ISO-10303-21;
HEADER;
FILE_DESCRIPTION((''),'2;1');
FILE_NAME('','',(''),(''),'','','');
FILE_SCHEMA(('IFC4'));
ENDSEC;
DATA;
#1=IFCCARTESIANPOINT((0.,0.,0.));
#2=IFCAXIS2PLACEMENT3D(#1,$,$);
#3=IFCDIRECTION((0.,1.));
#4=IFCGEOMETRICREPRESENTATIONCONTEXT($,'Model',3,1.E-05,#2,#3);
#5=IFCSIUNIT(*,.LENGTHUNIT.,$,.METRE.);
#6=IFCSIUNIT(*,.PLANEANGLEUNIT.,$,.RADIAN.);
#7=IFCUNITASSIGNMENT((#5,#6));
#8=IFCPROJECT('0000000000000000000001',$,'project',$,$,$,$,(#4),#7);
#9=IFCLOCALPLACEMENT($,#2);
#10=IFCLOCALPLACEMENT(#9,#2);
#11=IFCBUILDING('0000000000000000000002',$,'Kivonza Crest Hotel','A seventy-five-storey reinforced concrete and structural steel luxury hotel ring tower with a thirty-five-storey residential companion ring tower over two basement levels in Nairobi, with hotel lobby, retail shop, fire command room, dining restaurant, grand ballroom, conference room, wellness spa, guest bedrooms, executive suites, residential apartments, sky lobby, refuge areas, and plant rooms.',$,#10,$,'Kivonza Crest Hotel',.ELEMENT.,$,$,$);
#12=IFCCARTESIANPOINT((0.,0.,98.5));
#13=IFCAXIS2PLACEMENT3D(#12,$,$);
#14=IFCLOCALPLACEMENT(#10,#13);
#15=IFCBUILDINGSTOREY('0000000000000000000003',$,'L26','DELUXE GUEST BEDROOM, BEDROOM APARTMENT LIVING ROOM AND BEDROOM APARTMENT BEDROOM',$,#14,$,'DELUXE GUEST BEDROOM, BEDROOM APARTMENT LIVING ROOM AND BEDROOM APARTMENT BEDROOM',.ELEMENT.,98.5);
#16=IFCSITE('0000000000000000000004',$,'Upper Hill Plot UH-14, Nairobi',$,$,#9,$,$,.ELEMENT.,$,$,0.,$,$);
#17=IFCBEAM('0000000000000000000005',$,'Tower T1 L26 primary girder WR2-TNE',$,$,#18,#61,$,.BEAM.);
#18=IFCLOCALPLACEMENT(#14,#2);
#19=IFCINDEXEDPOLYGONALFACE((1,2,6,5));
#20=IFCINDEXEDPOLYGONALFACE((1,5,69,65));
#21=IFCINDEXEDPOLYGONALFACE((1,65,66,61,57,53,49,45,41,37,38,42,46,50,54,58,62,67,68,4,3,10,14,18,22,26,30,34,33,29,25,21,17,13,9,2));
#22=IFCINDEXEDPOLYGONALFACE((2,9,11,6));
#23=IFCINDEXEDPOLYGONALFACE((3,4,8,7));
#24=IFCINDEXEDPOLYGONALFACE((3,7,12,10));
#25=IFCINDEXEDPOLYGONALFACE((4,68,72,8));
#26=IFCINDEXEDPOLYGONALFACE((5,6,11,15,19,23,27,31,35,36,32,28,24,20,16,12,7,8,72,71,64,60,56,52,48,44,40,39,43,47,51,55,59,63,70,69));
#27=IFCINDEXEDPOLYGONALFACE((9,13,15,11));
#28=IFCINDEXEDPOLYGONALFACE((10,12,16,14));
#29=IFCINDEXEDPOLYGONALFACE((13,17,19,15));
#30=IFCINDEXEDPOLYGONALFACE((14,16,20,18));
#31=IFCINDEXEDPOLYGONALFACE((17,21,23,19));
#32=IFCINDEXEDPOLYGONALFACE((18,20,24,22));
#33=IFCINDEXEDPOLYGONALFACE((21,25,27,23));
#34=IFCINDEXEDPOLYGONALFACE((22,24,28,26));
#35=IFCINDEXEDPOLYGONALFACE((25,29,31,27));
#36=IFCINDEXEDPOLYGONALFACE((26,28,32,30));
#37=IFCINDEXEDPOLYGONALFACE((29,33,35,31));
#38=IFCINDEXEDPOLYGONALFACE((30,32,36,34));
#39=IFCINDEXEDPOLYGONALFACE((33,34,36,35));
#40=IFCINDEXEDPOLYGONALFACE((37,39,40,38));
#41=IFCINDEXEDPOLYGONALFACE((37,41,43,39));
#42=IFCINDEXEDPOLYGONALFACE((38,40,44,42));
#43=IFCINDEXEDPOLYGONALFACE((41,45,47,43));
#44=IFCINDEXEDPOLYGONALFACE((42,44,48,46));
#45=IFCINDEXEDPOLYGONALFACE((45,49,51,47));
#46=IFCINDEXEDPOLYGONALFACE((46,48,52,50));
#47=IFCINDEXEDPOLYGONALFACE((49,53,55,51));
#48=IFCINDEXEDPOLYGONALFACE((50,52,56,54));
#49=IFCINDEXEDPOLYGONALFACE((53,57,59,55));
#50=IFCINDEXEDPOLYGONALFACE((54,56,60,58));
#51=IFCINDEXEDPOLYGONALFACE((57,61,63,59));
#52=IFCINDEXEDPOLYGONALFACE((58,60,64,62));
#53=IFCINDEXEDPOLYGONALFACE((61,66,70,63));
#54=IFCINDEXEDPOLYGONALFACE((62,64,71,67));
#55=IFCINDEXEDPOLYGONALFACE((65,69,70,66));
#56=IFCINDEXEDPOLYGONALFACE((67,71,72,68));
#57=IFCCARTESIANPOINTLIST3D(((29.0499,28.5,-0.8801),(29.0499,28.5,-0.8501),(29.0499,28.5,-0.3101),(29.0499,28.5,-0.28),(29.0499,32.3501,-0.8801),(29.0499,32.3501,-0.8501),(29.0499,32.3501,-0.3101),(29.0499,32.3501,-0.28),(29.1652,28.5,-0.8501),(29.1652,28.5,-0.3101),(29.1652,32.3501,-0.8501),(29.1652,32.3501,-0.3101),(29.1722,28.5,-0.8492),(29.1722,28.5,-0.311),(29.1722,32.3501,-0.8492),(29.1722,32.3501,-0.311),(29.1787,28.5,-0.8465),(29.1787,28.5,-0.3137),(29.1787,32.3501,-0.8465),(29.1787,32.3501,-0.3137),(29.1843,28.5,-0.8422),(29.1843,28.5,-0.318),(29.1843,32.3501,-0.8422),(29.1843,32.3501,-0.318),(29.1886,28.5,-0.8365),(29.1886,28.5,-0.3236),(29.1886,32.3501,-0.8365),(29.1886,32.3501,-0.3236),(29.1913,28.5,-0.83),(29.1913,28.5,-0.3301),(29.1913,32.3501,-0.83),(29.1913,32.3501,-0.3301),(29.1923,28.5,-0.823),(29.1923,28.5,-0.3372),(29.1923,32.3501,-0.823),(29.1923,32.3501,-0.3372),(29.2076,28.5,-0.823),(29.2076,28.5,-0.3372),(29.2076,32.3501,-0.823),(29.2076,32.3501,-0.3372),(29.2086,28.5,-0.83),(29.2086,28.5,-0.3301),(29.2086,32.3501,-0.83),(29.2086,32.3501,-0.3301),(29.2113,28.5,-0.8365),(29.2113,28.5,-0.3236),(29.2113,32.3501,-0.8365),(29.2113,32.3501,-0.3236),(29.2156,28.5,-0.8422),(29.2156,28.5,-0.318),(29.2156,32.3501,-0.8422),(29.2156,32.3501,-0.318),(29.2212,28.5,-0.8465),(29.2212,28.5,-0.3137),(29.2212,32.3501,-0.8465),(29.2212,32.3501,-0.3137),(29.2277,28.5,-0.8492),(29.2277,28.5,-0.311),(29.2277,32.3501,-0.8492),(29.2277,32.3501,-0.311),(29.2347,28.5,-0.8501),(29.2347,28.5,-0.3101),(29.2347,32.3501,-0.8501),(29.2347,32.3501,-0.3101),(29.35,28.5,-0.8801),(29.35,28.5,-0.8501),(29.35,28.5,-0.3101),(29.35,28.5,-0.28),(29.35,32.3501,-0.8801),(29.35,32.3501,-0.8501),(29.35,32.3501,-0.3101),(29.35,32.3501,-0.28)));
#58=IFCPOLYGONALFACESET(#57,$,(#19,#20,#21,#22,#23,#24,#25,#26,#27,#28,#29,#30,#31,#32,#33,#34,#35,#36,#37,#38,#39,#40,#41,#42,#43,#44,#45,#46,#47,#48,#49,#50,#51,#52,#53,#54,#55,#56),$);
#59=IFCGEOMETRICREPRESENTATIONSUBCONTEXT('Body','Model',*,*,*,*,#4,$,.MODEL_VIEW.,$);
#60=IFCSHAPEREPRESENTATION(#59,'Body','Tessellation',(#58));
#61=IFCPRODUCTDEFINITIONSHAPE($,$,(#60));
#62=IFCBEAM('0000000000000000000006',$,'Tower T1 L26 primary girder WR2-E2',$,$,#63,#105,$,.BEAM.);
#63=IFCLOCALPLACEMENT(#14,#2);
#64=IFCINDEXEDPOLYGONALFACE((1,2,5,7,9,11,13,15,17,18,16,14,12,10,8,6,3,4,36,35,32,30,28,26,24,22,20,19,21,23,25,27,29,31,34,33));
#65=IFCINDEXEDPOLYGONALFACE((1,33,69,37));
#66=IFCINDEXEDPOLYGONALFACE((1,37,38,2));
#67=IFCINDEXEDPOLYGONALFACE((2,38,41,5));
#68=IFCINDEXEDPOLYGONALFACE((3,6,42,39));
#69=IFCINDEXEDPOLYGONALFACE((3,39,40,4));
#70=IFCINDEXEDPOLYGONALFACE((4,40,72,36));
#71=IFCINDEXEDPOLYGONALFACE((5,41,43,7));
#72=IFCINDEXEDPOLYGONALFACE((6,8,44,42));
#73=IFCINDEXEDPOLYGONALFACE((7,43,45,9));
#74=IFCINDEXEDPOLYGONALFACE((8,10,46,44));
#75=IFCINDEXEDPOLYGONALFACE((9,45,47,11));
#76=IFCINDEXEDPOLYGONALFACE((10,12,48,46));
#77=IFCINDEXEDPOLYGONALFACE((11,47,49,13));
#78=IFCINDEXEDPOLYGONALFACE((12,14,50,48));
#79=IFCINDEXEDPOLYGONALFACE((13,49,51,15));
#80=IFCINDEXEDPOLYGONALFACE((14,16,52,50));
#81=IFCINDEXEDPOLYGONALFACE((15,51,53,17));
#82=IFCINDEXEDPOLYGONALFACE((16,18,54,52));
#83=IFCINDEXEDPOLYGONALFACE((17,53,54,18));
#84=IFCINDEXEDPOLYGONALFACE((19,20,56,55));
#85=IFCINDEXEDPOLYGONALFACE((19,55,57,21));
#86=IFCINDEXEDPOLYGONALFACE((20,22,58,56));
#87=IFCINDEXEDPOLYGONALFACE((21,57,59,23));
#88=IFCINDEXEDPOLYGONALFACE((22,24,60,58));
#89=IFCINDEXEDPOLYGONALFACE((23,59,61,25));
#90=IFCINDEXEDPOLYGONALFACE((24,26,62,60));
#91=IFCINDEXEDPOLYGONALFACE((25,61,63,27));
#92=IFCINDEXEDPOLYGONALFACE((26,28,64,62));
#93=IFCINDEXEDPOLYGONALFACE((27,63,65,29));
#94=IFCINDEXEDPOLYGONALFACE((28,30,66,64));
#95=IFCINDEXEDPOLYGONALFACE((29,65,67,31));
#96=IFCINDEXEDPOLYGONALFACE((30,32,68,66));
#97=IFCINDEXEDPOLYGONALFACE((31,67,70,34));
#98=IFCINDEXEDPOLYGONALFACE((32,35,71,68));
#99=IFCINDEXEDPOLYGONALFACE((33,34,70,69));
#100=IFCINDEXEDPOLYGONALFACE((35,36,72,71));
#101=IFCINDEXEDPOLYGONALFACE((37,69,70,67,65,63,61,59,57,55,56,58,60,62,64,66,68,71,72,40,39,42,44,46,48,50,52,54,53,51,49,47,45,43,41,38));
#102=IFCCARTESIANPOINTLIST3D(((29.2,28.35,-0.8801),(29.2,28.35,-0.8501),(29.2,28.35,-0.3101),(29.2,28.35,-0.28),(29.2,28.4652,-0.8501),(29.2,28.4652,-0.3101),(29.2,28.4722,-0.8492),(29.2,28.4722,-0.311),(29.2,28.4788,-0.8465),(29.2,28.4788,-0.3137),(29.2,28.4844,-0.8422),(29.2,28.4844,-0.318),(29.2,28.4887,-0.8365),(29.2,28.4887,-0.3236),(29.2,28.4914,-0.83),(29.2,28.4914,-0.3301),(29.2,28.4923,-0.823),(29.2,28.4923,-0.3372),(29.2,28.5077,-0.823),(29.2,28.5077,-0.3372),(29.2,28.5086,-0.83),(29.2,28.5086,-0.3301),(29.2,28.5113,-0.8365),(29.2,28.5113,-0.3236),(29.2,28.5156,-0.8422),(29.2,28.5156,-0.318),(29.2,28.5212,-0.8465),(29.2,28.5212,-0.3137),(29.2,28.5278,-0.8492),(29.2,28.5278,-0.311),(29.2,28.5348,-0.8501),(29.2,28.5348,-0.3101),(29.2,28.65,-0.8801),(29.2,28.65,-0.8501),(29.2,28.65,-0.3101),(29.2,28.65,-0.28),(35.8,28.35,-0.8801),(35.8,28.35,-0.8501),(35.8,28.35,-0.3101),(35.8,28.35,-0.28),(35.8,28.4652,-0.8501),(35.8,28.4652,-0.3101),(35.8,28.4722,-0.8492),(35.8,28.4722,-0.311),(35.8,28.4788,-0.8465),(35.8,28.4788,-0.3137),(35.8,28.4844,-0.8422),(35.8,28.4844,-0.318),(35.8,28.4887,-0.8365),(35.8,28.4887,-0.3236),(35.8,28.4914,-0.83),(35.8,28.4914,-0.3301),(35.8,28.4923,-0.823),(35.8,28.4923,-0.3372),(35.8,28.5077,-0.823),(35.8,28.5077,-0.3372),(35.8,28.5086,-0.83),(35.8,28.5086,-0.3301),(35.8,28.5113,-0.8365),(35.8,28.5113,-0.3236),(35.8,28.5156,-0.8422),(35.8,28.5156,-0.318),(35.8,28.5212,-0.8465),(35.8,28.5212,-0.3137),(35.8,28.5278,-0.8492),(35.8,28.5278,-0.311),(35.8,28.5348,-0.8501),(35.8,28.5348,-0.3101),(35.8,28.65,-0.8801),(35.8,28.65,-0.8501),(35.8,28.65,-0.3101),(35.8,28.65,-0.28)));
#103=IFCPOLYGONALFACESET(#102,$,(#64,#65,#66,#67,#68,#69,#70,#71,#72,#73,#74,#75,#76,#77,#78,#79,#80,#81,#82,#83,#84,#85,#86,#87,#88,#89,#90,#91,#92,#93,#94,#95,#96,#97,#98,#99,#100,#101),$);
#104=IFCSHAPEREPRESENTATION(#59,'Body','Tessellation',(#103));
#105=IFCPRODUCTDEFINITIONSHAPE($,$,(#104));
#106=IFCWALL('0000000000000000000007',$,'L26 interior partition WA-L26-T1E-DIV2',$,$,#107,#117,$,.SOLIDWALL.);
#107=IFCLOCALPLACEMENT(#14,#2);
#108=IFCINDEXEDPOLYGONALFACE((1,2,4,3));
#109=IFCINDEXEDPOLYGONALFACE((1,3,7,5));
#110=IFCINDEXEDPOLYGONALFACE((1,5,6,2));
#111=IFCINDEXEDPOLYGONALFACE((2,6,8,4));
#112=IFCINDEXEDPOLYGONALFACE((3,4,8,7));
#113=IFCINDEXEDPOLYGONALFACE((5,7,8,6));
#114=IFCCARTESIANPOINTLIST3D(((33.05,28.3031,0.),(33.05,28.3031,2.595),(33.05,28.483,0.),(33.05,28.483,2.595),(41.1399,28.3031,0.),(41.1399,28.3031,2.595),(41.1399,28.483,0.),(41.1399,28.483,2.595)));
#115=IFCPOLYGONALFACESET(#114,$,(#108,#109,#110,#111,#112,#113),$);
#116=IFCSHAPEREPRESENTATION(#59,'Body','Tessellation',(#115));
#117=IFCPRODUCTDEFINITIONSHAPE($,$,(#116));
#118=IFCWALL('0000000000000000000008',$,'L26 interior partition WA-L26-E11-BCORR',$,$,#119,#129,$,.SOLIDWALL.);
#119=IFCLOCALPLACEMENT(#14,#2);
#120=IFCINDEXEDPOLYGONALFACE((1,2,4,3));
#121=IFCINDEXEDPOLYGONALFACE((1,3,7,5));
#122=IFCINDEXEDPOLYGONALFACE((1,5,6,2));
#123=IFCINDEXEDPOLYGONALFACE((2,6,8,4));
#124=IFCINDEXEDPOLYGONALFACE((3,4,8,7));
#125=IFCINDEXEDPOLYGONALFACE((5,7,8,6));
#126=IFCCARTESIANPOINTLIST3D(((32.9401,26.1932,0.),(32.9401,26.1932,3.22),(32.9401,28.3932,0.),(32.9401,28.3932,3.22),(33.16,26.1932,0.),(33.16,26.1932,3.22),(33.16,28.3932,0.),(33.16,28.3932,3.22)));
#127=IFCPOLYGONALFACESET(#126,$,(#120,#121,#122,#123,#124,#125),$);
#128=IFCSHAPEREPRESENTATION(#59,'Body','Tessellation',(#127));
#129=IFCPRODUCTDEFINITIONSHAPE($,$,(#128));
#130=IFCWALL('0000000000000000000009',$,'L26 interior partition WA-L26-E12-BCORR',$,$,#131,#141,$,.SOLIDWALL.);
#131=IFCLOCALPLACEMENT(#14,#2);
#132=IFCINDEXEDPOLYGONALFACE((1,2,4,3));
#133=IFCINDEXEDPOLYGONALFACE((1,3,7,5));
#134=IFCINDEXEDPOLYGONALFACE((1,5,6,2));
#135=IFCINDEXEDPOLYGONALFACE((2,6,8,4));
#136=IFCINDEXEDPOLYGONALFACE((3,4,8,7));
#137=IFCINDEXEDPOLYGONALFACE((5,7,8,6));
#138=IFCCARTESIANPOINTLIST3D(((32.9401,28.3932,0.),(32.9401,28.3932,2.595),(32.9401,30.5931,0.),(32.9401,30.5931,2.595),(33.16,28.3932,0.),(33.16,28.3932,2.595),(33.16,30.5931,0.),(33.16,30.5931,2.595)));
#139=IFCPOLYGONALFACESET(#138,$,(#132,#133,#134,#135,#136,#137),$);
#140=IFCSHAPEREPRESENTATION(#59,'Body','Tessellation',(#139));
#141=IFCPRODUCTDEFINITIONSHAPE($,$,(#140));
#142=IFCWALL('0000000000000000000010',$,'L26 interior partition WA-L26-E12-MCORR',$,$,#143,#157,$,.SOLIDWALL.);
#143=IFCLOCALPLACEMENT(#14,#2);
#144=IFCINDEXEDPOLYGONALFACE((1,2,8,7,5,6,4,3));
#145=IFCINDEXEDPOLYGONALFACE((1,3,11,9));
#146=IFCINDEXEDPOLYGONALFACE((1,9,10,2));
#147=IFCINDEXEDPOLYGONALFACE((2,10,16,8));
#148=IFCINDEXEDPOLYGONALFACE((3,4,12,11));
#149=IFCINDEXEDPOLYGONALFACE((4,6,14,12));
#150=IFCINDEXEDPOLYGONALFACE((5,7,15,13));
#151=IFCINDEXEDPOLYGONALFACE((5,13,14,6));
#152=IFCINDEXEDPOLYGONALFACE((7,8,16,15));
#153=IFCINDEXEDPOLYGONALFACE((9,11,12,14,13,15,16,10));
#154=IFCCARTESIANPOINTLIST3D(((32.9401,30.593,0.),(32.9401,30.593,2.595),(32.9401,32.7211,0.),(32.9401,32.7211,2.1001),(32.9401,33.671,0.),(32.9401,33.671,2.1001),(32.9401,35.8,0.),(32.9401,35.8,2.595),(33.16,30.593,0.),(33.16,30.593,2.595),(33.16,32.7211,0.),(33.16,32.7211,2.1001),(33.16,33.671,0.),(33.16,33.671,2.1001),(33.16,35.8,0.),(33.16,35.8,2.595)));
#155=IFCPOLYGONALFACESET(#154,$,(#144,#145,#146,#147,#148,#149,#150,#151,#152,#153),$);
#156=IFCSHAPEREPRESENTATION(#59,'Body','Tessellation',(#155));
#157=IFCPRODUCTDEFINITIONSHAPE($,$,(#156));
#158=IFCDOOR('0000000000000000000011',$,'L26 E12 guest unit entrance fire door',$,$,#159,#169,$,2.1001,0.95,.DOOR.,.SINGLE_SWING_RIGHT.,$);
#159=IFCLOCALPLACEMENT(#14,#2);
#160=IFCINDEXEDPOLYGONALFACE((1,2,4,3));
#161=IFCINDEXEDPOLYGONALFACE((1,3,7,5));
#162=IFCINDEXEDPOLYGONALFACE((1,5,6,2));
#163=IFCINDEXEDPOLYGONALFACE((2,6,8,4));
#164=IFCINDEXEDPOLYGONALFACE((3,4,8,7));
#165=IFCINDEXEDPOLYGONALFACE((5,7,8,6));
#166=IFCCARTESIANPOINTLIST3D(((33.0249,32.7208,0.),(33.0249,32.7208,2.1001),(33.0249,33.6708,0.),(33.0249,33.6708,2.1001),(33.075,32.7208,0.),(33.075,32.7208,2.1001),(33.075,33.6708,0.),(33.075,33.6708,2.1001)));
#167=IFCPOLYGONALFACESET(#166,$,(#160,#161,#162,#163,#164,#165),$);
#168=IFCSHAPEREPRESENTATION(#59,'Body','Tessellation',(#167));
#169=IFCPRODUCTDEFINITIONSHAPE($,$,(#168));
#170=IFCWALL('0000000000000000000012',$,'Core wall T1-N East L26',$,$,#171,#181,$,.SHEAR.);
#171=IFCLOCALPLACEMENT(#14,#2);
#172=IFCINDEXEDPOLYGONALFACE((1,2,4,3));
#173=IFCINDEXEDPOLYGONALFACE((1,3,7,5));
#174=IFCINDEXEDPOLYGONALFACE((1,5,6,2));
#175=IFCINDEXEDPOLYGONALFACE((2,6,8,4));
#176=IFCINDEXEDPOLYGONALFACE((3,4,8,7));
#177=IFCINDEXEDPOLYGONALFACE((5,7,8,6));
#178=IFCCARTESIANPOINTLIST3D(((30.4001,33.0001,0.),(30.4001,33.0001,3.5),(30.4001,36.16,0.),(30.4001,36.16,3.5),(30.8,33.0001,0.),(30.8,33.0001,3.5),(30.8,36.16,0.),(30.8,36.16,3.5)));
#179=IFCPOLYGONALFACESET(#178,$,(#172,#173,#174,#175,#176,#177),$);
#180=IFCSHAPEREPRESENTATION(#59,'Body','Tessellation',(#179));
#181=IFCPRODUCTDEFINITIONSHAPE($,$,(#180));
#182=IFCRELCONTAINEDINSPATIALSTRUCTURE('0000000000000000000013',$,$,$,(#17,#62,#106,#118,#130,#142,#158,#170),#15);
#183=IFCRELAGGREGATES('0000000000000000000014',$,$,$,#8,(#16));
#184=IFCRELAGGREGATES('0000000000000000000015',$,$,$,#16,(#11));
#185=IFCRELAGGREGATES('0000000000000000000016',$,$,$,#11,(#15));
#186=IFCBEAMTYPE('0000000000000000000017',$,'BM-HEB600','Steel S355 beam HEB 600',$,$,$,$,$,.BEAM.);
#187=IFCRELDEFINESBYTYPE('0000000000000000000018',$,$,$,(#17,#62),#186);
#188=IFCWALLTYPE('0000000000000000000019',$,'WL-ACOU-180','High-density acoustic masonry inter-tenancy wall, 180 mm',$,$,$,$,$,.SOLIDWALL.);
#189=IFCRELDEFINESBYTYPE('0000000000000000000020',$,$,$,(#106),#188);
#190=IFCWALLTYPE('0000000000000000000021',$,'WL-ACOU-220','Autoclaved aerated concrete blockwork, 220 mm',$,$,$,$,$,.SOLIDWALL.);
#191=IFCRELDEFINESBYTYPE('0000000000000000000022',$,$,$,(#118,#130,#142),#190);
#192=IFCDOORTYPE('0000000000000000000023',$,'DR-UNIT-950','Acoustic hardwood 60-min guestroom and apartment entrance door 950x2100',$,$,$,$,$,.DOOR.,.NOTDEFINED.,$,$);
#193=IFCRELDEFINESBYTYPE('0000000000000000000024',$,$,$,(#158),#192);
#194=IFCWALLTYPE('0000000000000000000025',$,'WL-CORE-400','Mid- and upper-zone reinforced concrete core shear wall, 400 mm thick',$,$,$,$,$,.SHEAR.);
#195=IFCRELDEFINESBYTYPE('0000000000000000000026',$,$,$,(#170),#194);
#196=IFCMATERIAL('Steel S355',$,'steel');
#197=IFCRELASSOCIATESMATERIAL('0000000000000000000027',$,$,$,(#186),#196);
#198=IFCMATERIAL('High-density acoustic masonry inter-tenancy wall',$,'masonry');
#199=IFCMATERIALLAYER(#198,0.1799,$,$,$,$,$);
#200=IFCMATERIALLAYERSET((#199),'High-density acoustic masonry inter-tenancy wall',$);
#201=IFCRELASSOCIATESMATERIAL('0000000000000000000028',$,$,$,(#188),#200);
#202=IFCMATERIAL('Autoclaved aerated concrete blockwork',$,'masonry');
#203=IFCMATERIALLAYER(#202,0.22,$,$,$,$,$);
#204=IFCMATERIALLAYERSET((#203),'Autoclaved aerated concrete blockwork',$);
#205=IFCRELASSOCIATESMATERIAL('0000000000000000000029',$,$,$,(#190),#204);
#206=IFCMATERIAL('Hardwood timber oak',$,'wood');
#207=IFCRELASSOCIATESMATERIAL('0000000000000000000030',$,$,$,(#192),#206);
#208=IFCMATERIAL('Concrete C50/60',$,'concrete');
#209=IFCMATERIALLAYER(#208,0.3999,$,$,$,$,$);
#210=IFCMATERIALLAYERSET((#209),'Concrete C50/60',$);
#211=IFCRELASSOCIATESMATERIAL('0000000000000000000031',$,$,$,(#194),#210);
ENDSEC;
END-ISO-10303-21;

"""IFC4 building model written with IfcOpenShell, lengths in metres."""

from ifc_helpers import new_model, si_unit, direction, frame, frame_2d, origin, origin_2d, place, context, subcontext, project, spatial, rectangle, i_section, extrude, material, layer, layer_set, material_profile, profile_set, type_object, element, fill, save


model = new_model("IFC4")

# Units and contexts
model_context = context("Model", 3, precision=1e-05, world=origin(), true_north=direction((0.0, 1.0)))
body_context = subcontext(model_context, "Body", "Model", "MODEL_VIEW")
ifc_project = project(units=[si_unit("LENGTHUNIT", "METRE"), si_unit("PLANEANGLEUNIT", "RADIAN")], contexts=[model_context])

# Site, building, storey
site_placement = place(None, origin())
site = spatial("IfcSite", under=ifc_project, at=site_placement, Name="Upper Hill Plot UH-14, Nairobi", CompositionType="ELEMENT", RefElevation=0.0)
building_placement = place(site_placement, origin())
building = spatial("IfcBuilding", under=site, at=building_placement, Name="Kivonza Crest Hotel", Description="A seventy-five-storey reinforced concrete and structural steel luxury hotel ring tower with a thirty-five-storey residential companion ring tower over two basement levels in Nairobi, with hotel lobby, retail shop, fire command room, dining restaurant, grand ballroom, conference room, wellness spa, guest bedrooms, executive suites, residential apartments, sky lobby, refuge areas, and plant rooms.", LongName="Kivonza Crest Hotel", CompositionType="ELEMENT")
storey_placement = place(building_placement, frame((0.0, 0.0, 98.5)))
storey = spatial("IfcBuildingStorey", under=building, at=storey_placement, Name="L26", Description="DELUXE GUEST BEDROOM, BEDROOM APARTMENT LIVING ROOM AND BEDROOM APARTMENT BEDROOM", LongName="DELUXE GUEST BEDROOM, BEDROOM APARTMENT LIVING ROOM AND BEDROOM APARTMENT BEDROOM", CompositionType="ELEMENT", Elevation=98.5)

# Shared definitions
ifc_material_1 = material(Name="Concrete C50/60", Category="concrete")

# Beams
ifc_material_2 = material(Name="Steel S355", Category="steel")
ifc_material_profile_1 = material_profile(ifc_material_2, i_section(OverallWidth=0.3, OverallDepth=0.6001, WebThickness=0.0154, FlangeThickness=0.03, FilletRadius=0.0271, at=origin_2d()), Name="HEB 600")
ifc_profile_set_1 = profile_set([ifc_material_profile_1], Name="Steel S355")
beam_type_1 = type_object("IfcBeamType", Name="BM-HEB600", Description="Steel S355 beam HEB 600", PredefinedType="BEAM", material=ifc_profile_set_1)
beam_1_placement = place(storey_placement, frame((29.2, 28.5, -0.5801), z_axis=(0.0, 1.0, 0.0), x_axis=(-1.0, 0.0, 0.0)))
element("IfcBeam", 1, at=beam_1_placement, inside=storey, type_object=beam_type_1, Name="Tower T1 L26 primary girder WR2-TNE", PredefinedType="BEAM", context=body_context, shape_type="SweptSolid", body=[
    extrude(i_section(OverallWidth=0.3, OverallDepth=0.6001, WebThickness=0.0154, FlangeThickness=0.03, FilletRadius=0.0271, at=origin_2d()), origin(), (0.0, 0.0, 1.0), 3.8501),
])
beam_2_placement = place(storey_placement, frame((29.2, 28.5, -0.5801), z_axis=(1.0, 0.0, 0.0), x_axis=(0.0, 1.0, 0.0)))
element("IfcBeam", 2, at=beam_2_placement, inside=storey, type_object=beam_type_1, Name="Tower T1 L26 primary girder WR2-E2", PredefinedType="BEAM", context=body_context, shape_type="SweptSolid", body=[
    extrude(i_section(OverallWidth=0.3, OverallDepth=0.6001, WebThickness=0.0154, FlangeThickness=0.03, FilletRadius=0.0271, at=origin_2d()), origin(), (0.0, 0.0, 1.0), 6.6001),
])

# Walls
ifc_material_3 = material(Name="High-density acoustic masonry inter-tenancy wall", Category="masonry")
ifc_layer_1 = layer(ifc_material_3, 0.1799)
ifc_layer_set_1 = layer_set([ifc_layer_1], Name="High-density acoustic masonry inter-tenancy wall")
wall_type_1 = type_object("IfcWallType", Name="WL-ACOU-180", Description="High-density acoustic masonry inter-tenancy wall, 180 mm", PredefinedType="SOLIDWALL", material=ifc_layer_set_1)
wall_1_placement = place(storey_placement, frame((33.05, 28.3931, 0.0), z_axis=(0.0, 0.0, 1.0), x_axis=(1.0, 0.0, 0.0)))
element("IfcWall", 3, at=wall_1_placement, inside=storey, type_object=wall_type_1, Name="L26 interior partition WA-L26-T1E-DIV2", PredefinedType="SOLIDWALL", context=body_context, shape_type="SweptSolid", body=[
    extrude(rectangle(XDim=8.0898, YDim=0.1799, at=frame_2d((4.0449, 0.0))), origin(), (0.0, 0.0, 1.0), 2.595),
])
ifc_material_4 = material(Name="Autoclaved aerated concrete blockwork", Category="masonry")
ifc_layer_2 = layer(ifc_material_4, 0.22)
ifc_layer_set_2 = layer_set([ifc_layer_2], Name="Autoclaved aerated concrete blockwork")
wall_type_2 = type_object("IfcWallType", Name="WL-ACOU-220", Description="Autoclaved aerated concrete blockwork, 220 mm", PredefinedType="SOLIDWALL", material=ifc_layer_set_2)
wall_2_placement = place(storey_placement, frame((33.05, 26.1931, 0.0), z_axis=(0.0, 0.0, 1.0), x_axis=(0.0, 1.0, 0.0)))
element("IfcWall", 4, at=wall_2_placement, inside=storey, type_object=wall_type_2, Name="L26 interior partition WA-L26-E11-BCORR", PredefinedType="SOLIDWALL", context=body_context, shape_type="SweptSolid", body=[
    extrude(rectangle(XDim=2.2, YDim=0.22, at=frame_2d((1.1001, 0.0))), origin(), (0.0, 0.0, 1.0), 3.22),
])
wall_3_placement = place(storey_placement, frame((33.05, 28.3931, 0.0), z_axis=(0.0, 0.0, 1.0), x_axis=(0.0, 1.0, 0.0)))
element("IfcWall", 5, at=wall_3_placement, inside=storey, type_object=wall_type_2, Name="L26 interior partition WA-L26-E12-BCORR", PredefinedType="SOLIDWALL", context=body_context, shape_type="SweptSolid", body=[
    extrude(rectangle(XDim=2.2, YDim=0.22, at=frame_2d((1.1001, 0.0))), origin(), (0.0, 0.0, 1.0), 2.595),
])

# Wall, opening, door
wall_4_placement = place(storey_placement, frame((33.05, 30.593, 0.0), z_axis=(0.0, 0.0, 1.0), x_axis=(0.0, 1.0, 0.0)))
wall_4 = element("IfcWall", 6, at=wall_4_placement, inside=storey, type_object=wall_type_2, Name="L26 interior partition WA-L26-E12-MCORR", PredefinedType="SOLIDWALL", context=body_context, shape_type="SweptSolid", body=[
    extrude(rectangle(XDim=5.207, YDim=0.22, at=frame_2d((2.6035, 0.0))), origin(), (0.0, 0.0, 1.0), 2.595),
])
opening_1_placement = place(wall_4_placement, frame((2.1279, 0.0, 0.0)))
opening_1 = element("IfcOpeningElement", 7, at=opening_1_placement, cuts=wall_4, PredefinedType="OPENING", context=body_context, shape_type="SweptSolid", body=[
    extrude(rectangle(XDim=0.95, YDim=2.1001, at=frame_2d((0.4751, 1.05))), frame((0.0, 0.1201, 0.0), z_axis=(0.0, -1.0, 0.0), x_axis=(1.0, 0.0, 0.0)), (0.0, 0.0, 1.0), 0.24),
])
ifc_material_5 = material(Name="Hardwood timber oak", Category="wood")
door_type_1 = type_object("IfcDoorType", Name="DR-UNIT-950", Description="Acoustic hardwood 60-min guestroom and apartment entrance door 950x2100", OperationType="NOTDEFINED", PredefinedType="DOOR", material=ifc_material_5)
door_1_placement = place(opening_1_placement, frame((0.95, 0.0, 0.0), z_axis=(0.0, 0.0, 1.0), x_axis=(-1.0, 0.0, 0.0)))
door_1 = element("IfcDoor", 8, at=door_1_placement, inside=storey, type_object=door_type_1, Name="L26 E12 guest unit entrance fire door", OperationType="SINGLE_SWING_RIGHT", OverallHeight=2.1001, OverallWidth=0.95, PredefinedType="DOOR", context=body_context, shape_type="SweptSolid", body=[
    extrude(rectangle(XDim=0.95, YDim=2.1001, at=frame_2d((0.4751, 1.05))), frame((0.0, 0.0249, 0.0), z_axis=(0.0, -1.0, 0.0), x_axis=(1.0, 0.0, 0.0)), (0.0, 0.0, 1.0), 0.05),
])
fill(opening_1, door_1)

# Wall
ifc_layer_3 = layer(ifc_material_1, 0.3999)
ifc_layer_set_3 = layer_set([ifc_layer_3], Name="Concrete C50/60")
wall_type_3 = type_object("IfcWallType", Name="WL-CORE-400", Description="Mid- and upper-zone reinforced concrete core shear wall, 400 mm thick", PredefinedType="SHEAR", material=ifc_layer_set_3)
wall_5_placement = place(storey_placement, frame((30.6001, 33.0, 0.0), z_axis=(0.0, 0.0, 1.0), x_axis=(0.0, 1.0, 0.0)))
element("IfcWall", 9, at=wall_5_placement, inside=storey, type_object=wall_type_3, Name="Core wall T1-N East L26", PredefinedType="SHEAR", context=body_context, shape_type="SweptSolid", body=[
    extrude(rectangle(XDim=3.1599, YDim=0.3999, at=frame_2d((1.5801, 0.0))), origin(), (0.0, 0.0, 1.0), 3.5),
])

save(model, "model.ifc")
